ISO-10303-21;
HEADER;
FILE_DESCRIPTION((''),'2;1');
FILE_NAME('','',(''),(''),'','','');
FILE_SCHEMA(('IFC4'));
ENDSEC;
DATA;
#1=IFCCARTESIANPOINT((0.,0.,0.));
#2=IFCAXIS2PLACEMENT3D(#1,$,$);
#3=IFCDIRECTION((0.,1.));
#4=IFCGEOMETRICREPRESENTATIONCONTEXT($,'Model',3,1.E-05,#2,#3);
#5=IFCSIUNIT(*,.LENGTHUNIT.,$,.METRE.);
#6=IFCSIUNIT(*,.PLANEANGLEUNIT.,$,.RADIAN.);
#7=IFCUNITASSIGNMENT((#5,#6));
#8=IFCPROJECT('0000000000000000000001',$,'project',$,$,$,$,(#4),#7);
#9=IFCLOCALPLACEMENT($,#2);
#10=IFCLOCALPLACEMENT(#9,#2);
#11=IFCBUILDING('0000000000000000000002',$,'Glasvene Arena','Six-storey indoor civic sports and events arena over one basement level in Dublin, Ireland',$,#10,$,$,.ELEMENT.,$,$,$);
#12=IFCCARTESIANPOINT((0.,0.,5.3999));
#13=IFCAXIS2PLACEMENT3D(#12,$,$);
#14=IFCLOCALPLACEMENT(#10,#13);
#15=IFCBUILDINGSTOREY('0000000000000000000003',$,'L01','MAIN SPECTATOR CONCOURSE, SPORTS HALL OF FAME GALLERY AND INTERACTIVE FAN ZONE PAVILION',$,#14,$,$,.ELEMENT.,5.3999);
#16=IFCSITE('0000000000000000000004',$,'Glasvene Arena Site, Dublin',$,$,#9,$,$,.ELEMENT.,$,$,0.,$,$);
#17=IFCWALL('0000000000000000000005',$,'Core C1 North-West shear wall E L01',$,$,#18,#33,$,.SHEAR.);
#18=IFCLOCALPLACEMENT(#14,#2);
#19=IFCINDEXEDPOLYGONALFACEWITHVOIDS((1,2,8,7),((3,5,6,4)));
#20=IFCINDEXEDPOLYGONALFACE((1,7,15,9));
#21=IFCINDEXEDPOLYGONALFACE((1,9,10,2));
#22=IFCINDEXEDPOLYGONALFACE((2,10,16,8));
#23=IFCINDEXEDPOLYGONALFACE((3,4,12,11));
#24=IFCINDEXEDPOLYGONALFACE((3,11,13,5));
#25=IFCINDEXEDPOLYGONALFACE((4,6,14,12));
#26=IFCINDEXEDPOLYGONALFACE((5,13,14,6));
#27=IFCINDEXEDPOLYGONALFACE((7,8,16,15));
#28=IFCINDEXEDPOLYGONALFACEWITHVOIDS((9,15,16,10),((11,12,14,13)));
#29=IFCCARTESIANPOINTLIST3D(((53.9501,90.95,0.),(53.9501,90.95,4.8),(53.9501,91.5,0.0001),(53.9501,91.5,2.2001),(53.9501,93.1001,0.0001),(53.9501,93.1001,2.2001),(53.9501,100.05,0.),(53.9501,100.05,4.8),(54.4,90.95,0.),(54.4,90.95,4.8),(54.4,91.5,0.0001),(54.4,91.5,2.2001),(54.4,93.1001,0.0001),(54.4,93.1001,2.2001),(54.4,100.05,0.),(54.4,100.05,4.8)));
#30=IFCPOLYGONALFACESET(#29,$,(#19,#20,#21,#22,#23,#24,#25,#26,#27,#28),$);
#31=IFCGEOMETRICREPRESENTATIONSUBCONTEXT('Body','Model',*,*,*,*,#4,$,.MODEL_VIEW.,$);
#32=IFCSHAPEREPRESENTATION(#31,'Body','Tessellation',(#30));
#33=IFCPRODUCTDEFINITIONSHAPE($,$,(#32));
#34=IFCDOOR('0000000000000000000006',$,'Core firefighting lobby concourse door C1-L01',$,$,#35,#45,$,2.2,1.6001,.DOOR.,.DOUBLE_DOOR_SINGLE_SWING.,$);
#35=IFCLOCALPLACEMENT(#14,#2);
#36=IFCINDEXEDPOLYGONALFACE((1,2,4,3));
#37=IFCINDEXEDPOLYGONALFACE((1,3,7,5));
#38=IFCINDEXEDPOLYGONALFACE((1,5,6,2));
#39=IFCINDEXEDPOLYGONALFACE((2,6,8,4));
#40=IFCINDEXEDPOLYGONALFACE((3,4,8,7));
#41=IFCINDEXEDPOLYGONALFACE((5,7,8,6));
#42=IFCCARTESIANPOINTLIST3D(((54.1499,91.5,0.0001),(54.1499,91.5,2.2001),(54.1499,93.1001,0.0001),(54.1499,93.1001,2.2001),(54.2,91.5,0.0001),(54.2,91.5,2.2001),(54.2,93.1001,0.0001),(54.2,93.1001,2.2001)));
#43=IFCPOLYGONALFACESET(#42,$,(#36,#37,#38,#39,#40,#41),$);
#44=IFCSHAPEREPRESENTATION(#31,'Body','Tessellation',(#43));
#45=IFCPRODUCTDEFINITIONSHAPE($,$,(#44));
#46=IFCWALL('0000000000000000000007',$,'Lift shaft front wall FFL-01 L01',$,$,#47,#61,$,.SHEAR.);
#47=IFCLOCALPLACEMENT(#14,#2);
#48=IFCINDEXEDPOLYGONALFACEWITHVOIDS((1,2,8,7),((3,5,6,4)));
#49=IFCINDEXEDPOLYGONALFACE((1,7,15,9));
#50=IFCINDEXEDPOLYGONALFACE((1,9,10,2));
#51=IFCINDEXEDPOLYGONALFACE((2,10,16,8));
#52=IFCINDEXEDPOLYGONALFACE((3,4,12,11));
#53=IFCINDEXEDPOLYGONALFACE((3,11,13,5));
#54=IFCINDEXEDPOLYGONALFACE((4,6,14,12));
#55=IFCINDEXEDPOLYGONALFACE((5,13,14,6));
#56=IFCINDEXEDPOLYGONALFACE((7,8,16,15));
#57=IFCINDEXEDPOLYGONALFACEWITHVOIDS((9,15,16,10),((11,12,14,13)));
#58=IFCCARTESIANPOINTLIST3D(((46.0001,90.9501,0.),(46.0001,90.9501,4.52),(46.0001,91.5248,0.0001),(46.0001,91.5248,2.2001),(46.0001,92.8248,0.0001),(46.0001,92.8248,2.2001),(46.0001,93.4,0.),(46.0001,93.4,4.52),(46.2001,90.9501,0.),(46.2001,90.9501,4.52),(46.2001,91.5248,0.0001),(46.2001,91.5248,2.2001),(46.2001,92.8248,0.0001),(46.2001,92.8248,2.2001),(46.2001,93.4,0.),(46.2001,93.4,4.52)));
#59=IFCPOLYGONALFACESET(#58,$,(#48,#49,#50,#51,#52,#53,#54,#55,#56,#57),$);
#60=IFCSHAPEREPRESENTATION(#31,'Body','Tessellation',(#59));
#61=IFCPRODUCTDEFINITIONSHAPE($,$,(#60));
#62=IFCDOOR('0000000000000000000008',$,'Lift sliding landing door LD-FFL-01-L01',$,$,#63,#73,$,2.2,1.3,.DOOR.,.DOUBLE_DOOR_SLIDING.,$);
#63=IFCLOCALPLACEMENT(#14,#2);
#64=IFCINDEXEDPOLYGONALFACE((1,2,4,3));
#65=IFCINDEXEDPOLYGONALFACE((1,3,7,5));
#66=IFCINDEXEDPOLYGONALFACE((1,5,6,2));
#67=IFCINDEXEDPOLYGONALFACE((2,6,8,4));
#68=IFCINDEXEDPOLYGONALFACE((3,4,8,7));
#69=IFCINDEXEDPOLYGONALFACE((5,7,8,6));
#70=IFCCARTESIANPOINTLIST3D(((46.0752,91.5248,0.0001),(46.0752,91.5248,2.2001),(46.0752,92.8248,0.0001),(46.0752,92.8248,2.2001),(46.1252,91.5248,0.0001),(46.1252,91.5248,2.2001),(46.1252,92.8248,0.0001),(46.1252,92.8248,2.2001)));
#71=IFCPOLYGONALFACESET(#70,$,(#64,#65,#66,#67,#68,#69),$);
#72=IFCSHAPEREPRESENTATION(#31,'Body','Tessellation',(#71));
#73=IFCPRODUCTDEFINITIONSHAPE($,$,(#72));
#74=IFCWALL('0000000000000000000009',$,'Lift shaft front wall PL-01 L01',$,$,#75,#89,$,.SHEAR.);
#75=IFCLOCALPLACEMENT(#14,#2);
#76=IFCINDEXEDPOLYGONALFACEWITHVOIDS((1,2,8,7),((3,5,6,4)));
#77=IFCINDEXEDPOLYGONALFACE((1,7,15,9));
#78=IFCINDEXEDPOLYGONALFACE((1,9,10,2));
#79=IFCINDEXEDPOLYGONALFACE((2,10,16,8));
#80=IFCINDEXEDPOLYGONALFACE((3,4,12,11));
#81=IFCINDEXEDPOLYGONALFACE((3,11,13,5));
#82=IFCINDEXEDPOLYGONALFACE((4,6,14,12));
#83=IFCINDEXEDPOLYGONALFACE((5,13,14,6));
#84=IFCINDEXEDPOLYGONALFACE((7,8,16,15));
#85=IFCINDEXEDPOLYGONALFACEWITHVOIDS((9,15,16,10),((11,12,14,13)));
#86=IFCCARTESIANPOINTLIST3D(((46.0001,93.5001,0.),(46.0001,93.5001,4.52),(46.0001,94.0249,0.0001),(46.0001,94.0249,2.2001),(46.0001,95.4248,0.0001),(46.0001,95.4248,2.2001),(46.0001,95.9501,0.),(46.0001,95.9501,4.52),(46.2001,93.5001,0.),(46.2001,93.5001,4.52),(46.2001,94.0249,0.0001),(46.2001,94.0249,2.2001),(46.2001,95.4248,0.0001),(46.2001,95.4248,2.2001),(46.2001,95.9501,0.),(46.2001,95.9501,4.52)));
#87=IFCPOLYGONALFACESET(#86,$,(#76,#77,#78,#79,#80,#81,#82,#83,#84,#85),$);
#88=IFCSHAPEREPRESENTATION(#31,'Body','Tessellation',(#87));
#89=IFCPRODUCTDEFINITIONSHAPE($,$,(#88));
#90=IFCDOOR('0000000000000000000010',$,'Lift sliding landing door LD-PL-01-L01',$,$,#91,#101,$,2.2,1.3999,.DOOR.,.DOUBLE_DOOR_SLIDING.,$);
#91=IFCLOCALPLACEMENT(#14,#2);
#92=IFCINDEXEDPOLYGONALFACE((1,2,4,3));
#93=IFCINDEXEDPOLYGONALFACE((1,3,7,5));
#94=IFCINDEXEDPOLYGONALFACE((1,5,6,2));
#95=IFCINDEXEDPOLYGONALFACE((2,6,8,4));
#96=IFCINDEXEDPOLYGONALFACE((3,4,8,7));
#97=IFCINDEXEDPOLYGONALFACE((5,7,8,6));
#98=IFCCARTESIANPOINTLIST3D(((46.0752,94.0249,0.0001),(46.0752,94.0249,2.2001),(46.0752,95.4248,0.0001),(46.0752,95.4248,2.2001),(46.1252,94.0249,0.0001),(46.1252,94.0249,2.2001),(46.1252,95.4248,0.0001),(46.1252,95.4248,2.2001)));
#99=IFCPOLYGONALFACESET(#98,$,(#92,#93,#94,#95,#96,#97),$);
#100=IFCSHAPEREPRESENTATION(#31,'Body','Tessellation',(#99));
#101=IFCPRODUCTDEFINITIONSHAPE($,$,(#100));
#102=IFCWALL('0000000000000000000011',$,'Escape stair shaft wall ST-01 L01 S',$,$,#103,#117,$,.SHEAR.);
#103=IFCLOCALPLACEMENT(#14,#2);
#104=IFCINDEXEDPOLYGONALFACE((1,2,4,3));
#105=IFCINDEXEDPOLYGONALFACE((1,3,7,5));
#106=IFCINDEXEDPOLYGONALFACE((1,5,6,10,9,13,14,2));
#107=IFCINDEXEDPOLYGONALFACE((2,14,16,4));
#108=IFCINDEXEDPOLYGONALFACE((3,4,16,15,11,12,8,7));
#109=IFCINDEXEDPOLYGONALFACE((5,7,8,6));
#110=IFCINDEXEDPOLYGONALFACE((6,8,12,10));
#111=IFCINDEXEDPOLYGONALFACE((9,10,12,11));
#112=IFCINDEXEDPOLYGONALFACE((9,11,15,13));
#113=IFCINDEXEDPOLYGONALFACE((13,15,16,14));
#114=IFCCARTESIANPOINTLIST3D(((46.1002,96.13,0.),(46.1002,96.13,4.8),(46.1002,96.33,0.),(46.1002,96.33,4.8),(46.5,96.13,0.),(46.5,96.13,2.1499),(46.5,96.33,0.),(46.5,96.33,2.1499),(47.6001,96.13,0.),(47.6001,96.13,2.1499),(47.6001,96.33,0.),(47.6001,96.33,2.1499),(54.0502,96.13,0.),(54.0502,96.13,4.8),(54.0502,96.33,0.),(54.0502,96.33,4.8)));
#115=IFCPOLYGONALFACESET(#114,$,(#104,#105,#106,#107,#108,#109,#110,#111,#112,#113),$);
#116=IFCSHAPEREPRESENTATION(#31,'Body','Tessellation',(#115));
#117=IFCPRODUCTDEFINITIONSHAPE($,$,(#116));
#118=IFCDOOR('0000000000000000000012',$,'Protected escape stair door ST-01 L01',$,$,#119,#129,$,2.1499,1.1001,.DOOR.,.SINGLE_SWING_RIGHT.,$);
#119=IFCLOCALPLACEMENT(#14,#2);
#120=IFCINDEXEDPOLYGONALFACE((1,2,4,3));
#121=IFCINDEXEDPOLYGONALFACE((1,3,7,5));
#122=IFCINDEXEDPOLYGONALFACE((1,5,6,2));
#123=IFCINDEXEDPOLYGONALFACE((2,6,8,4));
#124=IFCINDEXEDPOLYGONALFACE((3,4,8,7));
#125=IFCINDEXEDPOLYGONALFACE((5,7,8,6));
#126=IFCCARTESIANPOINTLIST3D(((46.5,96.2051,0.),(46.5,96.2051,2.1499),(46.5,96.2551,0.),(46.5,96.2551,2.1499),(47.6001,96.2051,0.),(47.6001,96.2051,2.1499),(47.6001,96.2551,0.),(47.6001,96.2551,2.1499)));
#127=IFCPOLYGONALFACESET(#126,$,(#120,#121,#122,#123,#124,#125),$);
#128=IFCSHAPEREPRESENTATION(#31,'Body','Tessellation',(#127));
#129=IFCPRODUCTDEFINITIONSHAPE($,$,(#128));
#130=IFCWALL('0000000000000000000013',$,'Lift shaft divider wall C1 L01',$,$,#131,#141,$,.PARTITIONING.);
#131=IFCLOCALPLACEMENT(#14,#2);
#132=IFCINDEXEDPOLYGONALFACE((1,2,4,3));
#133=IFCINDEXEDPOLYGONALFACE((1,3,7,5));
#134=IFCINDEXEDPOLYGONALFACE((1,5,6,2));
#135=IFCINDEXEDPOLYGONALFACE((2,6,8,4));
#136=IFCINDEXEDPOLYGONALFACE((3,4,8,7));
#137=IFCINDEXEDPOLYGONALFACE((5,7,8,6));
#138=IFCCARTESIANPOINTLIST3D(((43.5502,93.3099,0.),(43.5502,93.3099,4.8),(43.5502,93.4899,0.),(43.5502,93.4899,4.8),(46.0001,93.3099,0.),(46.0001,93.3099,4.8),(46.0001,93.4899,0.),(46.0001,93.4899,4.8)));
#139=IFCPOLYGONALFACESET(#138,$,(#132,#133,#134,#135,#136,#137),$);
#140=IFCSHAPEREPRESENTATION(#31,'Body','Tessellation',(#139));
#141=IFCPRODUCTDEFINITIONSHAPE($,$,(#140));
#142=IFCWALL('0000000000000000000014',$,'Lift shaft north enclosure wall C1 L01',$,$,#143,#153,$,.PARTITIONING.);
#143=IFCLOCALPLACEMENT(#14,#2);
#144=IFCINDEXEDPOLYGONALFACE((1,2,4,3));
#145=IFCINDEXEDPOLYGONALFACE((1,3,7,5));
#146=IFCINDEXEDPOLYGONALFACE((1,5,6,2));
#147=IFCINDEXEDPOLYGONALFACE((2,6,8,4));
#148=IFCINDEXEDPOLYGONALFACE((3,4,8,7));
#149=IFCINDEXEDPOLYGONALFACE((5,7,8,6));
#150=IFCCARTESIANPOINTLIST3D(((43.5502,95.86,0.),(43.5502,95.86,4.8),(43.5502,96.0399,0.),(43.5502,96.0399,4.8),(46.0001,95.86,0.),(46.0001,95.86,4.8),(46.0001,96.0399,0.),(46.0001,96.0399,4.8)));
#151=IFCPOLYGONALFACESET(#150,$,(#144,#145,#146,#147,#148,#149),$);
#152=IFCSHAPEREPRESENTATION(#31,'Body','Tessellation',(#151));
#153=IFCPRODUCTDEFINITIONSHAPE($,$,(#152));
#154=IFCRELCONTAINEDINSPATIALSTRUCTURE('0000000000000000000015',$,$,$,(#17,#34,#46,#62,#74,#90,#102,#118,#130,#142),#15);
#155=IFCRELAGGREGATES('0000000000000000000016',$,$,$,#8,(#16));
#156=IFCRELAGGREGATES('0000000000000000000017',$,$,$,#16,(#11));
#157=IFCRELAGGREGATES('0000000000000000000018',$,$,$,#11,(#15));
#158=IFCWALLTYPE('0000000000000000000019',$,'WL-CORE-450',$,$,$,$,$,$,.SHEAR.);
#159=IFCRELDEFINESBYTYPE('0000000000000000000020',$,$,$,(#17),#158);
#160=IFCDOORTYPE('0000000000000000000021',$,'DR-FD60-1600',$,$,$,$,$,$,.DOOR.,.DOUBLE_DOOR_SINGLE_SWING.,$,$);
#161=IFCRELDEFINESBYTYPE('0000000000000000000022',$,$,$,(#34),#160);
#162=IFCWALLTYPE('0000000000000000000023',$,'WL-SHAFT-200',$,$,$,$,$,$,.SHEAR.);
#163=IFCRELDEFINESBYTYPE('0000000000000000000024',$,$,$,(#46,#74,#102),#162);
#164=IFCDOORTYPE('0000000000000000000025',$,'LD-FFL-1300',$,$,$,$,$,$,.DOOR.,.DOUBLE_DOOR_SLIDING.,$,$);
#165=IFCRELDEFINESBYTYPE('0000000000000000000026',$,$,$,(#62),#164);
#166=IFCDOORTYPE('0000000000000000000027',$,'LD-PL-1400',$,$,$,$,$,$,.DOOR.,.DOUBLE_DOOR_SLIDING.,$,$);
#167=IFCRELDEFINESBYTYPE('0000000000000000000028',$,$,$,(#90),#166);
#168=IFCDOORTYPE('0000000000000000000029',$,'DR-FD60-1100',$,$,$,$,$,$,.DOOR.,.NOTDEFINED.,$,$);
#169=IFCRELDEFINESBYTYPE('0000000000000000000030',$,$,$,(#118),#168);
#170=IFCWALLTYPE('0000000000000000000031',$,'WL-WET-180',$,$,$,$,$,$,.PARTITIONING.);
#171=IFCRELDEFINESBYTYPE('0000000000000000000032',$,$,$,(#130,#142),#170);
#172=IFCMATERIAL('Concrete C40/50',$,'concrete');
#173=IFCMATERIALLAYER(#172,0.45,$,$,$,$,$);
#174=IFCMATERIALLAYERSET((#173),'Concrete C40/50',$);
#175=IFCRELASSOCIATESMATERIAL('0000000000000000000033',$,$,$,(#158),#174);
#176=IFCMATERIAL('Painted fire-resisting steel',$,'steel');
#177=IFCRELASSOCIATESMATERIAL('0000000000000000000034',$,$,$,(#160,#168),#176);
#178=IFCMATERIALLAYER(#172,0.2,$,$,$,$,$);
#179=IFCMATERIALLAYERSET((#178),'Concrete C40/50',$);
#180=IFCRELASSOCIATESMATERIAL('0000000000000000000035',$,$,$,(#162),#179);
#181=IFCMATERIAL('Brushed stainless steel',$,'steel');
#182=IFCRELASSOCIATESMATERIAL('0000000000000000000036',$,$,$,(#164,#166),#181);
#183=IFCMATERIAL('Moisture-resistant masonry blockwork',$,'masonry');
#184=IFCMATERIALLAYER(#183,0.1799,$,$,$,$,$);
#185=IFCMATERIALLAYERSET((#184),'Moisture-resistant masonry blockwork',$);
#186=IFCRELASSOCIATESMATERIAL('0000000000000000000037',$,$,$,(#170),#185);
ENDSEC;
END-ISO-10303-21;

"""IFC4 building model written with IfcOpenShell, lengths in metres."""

from ifc_helpers import new_model, si_unit, direction, frame, frame_2d, origin, place, context, subcontext, project, spatial, rectangle, extrude, material, layer, layer_set, type_object, element, fill, save


model = new_model("IFC4")

# Units and contexts
model_context = context("Model", 3, precision=1e-05, world=origin(), true_north=direction((0.0, 1.0)))
body_context = subcontext(model_context, "Body", "Model", "MODEL_VIEW")
ifc_project = project(units=[si_unit("LENGTHUNIT", "METRE"), si_unit("PLANEANGLEUNIT", "RADIAN")], contexts=[model_context])

# Site, building, storey
site_placement = place(None, origin())
site = spatial("IfcSite", under=ifc_project, at=site_placement, Name="Glasvene Arena Site, Dublin", CompositionType="ELEMENT", RefElevation=0.0)
building_placement = place(site_placement, origin())
building = spatial("IfcBuilding", under=site, at=building_placement, Name="Glasvene Arena", Description="Six-storey indoor civic sports and events arena over one basement level in Dublin, Ireland", CompositionType="ELEMENT")
storey_placement = place(building_placement, frame((0.0, 0.0, 5.3999)))
storey = spatial("IfcBuildingStorey", under=building, at=storey_placement, Name="L01", Description="MAIN SPECTATOR CONCOURSE, SPORTS HALL OF FAME GALLERY AND INTERACTIVE FAN ZONE PAVILION", CompositionType="ELEMENT", Elevation=5.3999)

# Shared definitions
ifc_material_1 = material(Name="Concrete C40/50", Category="concrete")

# Shared definitions
ifc_layer_1 = layer(ifc_material_1, 0.45)
ifc_layer_set_1 = layer_set([ifc_layer_1], Name="Concrete C40/50")
wall_type_1 = type_object("IfcWallType", Name="WL-CORE-450", PredefinedType="SHEAR", material=ifc_layer_set_1)

# Walls, openings, doors
wall_1_placement = place(storey_placement, frame((54.175, 90.95, 0.0), z_axis=(0.0, 0.0, 1.0), x_axis=(0.0, 1.0, 0.0)))
wall_1 = element("IfcWall", 1, at=wall_1_placement, inside=storey, type_object=wall_type_1, Name="Core C1 North-West shear wall E L01", PredefinedType="SHEAR", context=body_context, shape_type="SweptSolid", body=[
    extrude(rectangle(XDim=9.1001, YDim=0.45, at=frame_2d((4.55, 0.0))), origin(), (0.0, 0.0, 1.0), 4.8),
])
opening_1_placement = place(wall_1_placement, frame((0.55, 0.0, 0.0)))
opening_1 = element("IfcOpeningElement", 2, at=opening_1_placement, cuts=wall_1, PredefinedType="OPENING", context=body_context, shape_type="SweptSolid", body=[
    extrude(rectangle(XDim=1.6001, YDim=2.2, at=frame_2d((0.8, 1.1001))), frame((0.0, 0.2349, 0.0), z_axis=(0.0, -1.0, 0.0), x_axis=(1.0, 0.0, 0.0)), (0.0, 0.0, 1.0), 0.47),
])
ifc_material_2 = material(Name="Painted fire-resisting steel", Category="steel")
door_type_1 = type_object("IfcDoorType", Name="DR-FD60-1600", OperationType="DOUBLE_DOOR_SINGLE_SWING", PredefinedType="DOOR", material=ifc_material_2)
door_1_placement = place(opening_1_placement, frame((1.6001, 0.0, 0.0), z_axis=(0.0, 0.0, 1.0), x_axis=(-1.0, 0.0, 0.0)))
door_1 = element("IfcDoor", 3, at=door_1_placement, inside=storey, type_object=door_type_1, Name="Core firefighting lobby concourse door C1-L01", OperationType="DOUBLE_DOOR_SINGLE_SWING", OverallHeight=2.2, OverallWidth=1.6001, PredefinedType="DOOR", context=body_context, shape_type="SweptSolid", body=[
    extrude(rectangle(XDim=1.6001, YDim=2.2, at=frame_2d((0.8, 1.1001))), frame((0.0, 0.0249, 0.0), z_axis=(0.0, -1.0, 0.0), x_axis=(1.0, 0.0, 0.0)), (0.0, 0.0, 1.0), 0.05),
])
fill(opening_1, door_1)
ifc_layer_2 = layer(ifc_material_1, 0.2)
ifc_layer_set_2 = layer_set([ifc_layer_2], Name="Concrete C40/50")
wall_type_2 = type_object("IfcWallType", Name="WL-SHAFT-200", PredefinedType="SHEAR", material=ifc_layer_set_2)
wall_2_placement = place(storey_placement, frame((46.1001, 90.95, 0.0), z_axis=(0.0, 0.0, 1.0), x_axis=(0.0, 1.0, 0.0)))
wall_2 = element("IfcWall", 4, at=wall_2_placement, inside=storey, type_object=wall_type_2, Name="Lift shaft front wall FFL-01 L01", PredefinedType="SHEAR", context=body_context, shape_type="SweptSolid", body=[
    extrude(rectangle(XDim=2.45, YDim=0.2, at=frame_2d((1.2251, 0.0))), origin(), (0.0, 0.0, 1.0), 4.52),
])
opening_2_placement = place(wall_2_placement, frame((0.575, 0.0, 0.0)))
opening_2 = element("IfcOpeningElement", 5, at=opening_2_placement, cuts=wall_2, PredefinedType="OPENING", context=body_context, shape_type="SweptSolid", body=[
    extrude(rectangle(XDim=1.3, YDim=2.2, at=frame_2d((0.6499, 1.1001))), frame((0.0, 0.1099, 0.0), z_axis=(0.0, -1.0, 0.0), x_axis=(1.0, 0.0, 0.0)), (0.0, 0.0, 1.0), 0.22),
])
ifc_material_3 = material(Name="Brushed stainless steel", Category="steel")
door_type_2 = type_object("IfcDoorType", Name="LD-FFL-1300", OperationType="DOUBLE_DOOR_SLIDING", PredefinedType="DOOR", material=ifc_material_3)
door_2_placement = place(opening_2_placement, origin())
door_2 = element("IfcDoor", 6, at=door_2_placement, inside=storey, type_object=door_type_2, Name="Lift sliding landing door LD-FFL-01-L01", OperationType="DOUBLE_DOOR_SLIDING", OverallHeight=2.2, OverallWidth=1.3, PredefinedType="DOOR", context=body_context, shape_type="SweptSolid", body=[
    extrude(rectangle(XDim=1.3, YDim=2.2, at=frame_2d((0.6499, 1.1001))), frame((0.0, 0.0249, 0.0), z_axis=(0.0, -1.0, 0.0), x_axis=(1.0, 0.0, 0.0)), (0.0, 0.0, 1.0), 0.05),
])
fill(opening_2, door_2)
wall_3_placement = place(storey_placement, frame((46.1001, 93.5, 0.0), z_axis=(0.0, 0.0, 1.0), x_axis=(0.0, 1.0, 0.0)))
wall_3 = element("IfcWall", 7, at=wall_3_placement, inside=storey, type_object=wall_type_2, Name="Lift shaft front wall PL-01 L01", PredefinedType="SHEAR", context=body_context, shape_type="SweptSolid", body=[
    extrude(rectangle(XDim=2.45, YDim=0.2, at=frame_2d((1.2251, 0.0))), origin(), (0.0, 0.0, 1.0), 4.52),
])
opening_3_placement = place(wall_3_placement, frame((0.5249, 0.0, 0.0)))
opening_3 = element("IfcOpeningElement", 8, at=opening_3_placement, cuts=wall_3, PredefinedType="OPENING", context=body_context, shape_type="SweptSolid", body=[
    extrude(rectangle(XDim=1.3999, YDim=2.2, at=frame_2d((0.7, 1.1001))), frame((0.0, 0.1099, 0.0), z_axis=(0.0, -1.0, 0.0), x_axis=(1.0, 0.0, 0.0)), (0.0, 0.0, 1.0), 0.22),
])
door_type_3 = type_object("IfcDoorType", Name="LD-PL-1400", OperationType="DOUBLE_DOOR_SLIDING", PredefinedType="DOOR", material=ifc_material_3)
door_3_placement = place(opening_3_placement, origin())
door_3 = element("IfcDoor", 9, at=door_3_placement, inside=storey, type_object=door_type_3, Name="Lift sliding landing door LD-PL-01-L01", OperationType="DOUBLE_DOOR_SLIDING", OverallHeight=2.2, OverallWidth=1.3999, PredefinedType="DOOR", context=body_context, shape_type="SweptSolid", body=[
    extrude(rectangle(XDim=1.3999, YDim=2.2, at=frame_2d((0.7, 1.1001))), frame((0.0, 0.0249, 0.0), z_axis=(0.0, -1.0, 0.0), x_axis=(1.0, 0.0, 0.0)), (0.0, 0.0, 1.0), 0.05),
])
fill(opening_3, door_3)
wall_4_placement = place(storey_placement, frame((46.1001, 96.23, 0.0), z_axis=(0.0, 0.0, 1.0), x_axis=(1.0, 0.0, 0.0)))
wall_4 = element("IfcWall", 10, at=wall_4_placement, inside=storey, type_object=wall_type_2, Name="Escape stair shaft wall ST-01 L01 S", PredefinedType="SHEAR", context=body_context, shape_type="SweptSolid", body=[
    extrude(rectangle(XDim=7.95, YDim=0.2, at=frame_2d((3.9751, 0.0))), origin(), (0.0, 0.0, 1.0), 4.8),
])
opening_4_placement = place(wall_4_placement, frame((0.3999, 0.0, 0.0)))
opening_4 = element("IfcOpeningElement", 11, at=opening_4_placement, cuts=wall_4, PredefinedType="OPENING", context=body_context, shape_type="SweptSolid", body=[
    extrude(rectangle(XDim=1.1001, YDim=2.1499, at=frame_2d((0.55, 1.075))), frame((0.0, 0.1099, 0.0), z_axis=(0.0, -1.0, 0.0), x_axis=(1.0, 0.0, 0.0)), (0.0, 0.0, 1.0), 0.22),
])
door_type_4 = type_object("IfcDoorType", Name="DR-FD60-1100", OperationType="NOTDEFINED", PredefinedType="DOOR", material=ifc_material_2)
door_4_placement = place(opening_4_placement, frame((1.1001, 0.0, 0.0), z_axis=(0.0, 0.0, 1.0), x_axis=(-1.0, 0.0, 0.0)))
door_4 = element("IfcDoor", 12, at=door_4_placement, inside=storey, type_object=door_type_4, Name="Protected escape stair door ST-01 L01", OperationType="SINGLE_SWING_RIGHT", OverallHeight=2.1499, OverallWidth=1.1001, PredefinedType="DOOR", context=body_context, shape_type="SweptSolid", body=[
    extrude(rectangle(XDim=1.1001, YDim=2.1499, at=frame_2d((0.55, 1.075))), frame((0.0, 0.0249, 0.0), z_axis=(0.0, -1.0, 0.0), x_axis=(1.0, 0.0, 0.0)), (0.0, 0.0, 1.0), 0.05),
])
fill(opening_4, door_4)

# Walls
ifc_material_4 = material(Name="Moisture-resistant masonry blockwork", Category="masonry")
ifc_layer_3 = layer(ifc_material_4, 0.1799)
ifc_layer_set_3 = layer_set([ifc_layer_3], Name="Moisture-resistant masonry blockwork")
wall_type_3 = type_object("IfcWallType", Name="WL-WET-180", PredefinedType="PARTITIONING", material=ifc_layer_set_3)
for number, where, z_axis, x_axis, name in (
    (13, (43.55, 93.3999, 0.0), (0.0, 0.0, 1.0), (1.0, 0.0, 0.0), "Lift shaft divider wall C1 L01"),
    (14, (43.55, 95.95, 0.0), (0.0, 0.0, 1.0), (1.0, 0.0, 0.0), "Lift shaft north enclosure wall C1 L01"),
):
    element("IfcWall", number, at=place(storey_placement, frame(where, z_axis=z_axis, x_axis=x_axis)), inside=storey, type_object=wall_type_3, Name=name, PredefinedType="PARTITIONING", context=body_context, shape_type="SweptSolid", body=[
        extrude(rectangle(XDim=2.45, YDim=0.1799, at=frame_2d((1.2251, 0.0))), origin(), (0.0, 0.0, 1.0), 4.8),
    ])

save(model, "model.ifc")
